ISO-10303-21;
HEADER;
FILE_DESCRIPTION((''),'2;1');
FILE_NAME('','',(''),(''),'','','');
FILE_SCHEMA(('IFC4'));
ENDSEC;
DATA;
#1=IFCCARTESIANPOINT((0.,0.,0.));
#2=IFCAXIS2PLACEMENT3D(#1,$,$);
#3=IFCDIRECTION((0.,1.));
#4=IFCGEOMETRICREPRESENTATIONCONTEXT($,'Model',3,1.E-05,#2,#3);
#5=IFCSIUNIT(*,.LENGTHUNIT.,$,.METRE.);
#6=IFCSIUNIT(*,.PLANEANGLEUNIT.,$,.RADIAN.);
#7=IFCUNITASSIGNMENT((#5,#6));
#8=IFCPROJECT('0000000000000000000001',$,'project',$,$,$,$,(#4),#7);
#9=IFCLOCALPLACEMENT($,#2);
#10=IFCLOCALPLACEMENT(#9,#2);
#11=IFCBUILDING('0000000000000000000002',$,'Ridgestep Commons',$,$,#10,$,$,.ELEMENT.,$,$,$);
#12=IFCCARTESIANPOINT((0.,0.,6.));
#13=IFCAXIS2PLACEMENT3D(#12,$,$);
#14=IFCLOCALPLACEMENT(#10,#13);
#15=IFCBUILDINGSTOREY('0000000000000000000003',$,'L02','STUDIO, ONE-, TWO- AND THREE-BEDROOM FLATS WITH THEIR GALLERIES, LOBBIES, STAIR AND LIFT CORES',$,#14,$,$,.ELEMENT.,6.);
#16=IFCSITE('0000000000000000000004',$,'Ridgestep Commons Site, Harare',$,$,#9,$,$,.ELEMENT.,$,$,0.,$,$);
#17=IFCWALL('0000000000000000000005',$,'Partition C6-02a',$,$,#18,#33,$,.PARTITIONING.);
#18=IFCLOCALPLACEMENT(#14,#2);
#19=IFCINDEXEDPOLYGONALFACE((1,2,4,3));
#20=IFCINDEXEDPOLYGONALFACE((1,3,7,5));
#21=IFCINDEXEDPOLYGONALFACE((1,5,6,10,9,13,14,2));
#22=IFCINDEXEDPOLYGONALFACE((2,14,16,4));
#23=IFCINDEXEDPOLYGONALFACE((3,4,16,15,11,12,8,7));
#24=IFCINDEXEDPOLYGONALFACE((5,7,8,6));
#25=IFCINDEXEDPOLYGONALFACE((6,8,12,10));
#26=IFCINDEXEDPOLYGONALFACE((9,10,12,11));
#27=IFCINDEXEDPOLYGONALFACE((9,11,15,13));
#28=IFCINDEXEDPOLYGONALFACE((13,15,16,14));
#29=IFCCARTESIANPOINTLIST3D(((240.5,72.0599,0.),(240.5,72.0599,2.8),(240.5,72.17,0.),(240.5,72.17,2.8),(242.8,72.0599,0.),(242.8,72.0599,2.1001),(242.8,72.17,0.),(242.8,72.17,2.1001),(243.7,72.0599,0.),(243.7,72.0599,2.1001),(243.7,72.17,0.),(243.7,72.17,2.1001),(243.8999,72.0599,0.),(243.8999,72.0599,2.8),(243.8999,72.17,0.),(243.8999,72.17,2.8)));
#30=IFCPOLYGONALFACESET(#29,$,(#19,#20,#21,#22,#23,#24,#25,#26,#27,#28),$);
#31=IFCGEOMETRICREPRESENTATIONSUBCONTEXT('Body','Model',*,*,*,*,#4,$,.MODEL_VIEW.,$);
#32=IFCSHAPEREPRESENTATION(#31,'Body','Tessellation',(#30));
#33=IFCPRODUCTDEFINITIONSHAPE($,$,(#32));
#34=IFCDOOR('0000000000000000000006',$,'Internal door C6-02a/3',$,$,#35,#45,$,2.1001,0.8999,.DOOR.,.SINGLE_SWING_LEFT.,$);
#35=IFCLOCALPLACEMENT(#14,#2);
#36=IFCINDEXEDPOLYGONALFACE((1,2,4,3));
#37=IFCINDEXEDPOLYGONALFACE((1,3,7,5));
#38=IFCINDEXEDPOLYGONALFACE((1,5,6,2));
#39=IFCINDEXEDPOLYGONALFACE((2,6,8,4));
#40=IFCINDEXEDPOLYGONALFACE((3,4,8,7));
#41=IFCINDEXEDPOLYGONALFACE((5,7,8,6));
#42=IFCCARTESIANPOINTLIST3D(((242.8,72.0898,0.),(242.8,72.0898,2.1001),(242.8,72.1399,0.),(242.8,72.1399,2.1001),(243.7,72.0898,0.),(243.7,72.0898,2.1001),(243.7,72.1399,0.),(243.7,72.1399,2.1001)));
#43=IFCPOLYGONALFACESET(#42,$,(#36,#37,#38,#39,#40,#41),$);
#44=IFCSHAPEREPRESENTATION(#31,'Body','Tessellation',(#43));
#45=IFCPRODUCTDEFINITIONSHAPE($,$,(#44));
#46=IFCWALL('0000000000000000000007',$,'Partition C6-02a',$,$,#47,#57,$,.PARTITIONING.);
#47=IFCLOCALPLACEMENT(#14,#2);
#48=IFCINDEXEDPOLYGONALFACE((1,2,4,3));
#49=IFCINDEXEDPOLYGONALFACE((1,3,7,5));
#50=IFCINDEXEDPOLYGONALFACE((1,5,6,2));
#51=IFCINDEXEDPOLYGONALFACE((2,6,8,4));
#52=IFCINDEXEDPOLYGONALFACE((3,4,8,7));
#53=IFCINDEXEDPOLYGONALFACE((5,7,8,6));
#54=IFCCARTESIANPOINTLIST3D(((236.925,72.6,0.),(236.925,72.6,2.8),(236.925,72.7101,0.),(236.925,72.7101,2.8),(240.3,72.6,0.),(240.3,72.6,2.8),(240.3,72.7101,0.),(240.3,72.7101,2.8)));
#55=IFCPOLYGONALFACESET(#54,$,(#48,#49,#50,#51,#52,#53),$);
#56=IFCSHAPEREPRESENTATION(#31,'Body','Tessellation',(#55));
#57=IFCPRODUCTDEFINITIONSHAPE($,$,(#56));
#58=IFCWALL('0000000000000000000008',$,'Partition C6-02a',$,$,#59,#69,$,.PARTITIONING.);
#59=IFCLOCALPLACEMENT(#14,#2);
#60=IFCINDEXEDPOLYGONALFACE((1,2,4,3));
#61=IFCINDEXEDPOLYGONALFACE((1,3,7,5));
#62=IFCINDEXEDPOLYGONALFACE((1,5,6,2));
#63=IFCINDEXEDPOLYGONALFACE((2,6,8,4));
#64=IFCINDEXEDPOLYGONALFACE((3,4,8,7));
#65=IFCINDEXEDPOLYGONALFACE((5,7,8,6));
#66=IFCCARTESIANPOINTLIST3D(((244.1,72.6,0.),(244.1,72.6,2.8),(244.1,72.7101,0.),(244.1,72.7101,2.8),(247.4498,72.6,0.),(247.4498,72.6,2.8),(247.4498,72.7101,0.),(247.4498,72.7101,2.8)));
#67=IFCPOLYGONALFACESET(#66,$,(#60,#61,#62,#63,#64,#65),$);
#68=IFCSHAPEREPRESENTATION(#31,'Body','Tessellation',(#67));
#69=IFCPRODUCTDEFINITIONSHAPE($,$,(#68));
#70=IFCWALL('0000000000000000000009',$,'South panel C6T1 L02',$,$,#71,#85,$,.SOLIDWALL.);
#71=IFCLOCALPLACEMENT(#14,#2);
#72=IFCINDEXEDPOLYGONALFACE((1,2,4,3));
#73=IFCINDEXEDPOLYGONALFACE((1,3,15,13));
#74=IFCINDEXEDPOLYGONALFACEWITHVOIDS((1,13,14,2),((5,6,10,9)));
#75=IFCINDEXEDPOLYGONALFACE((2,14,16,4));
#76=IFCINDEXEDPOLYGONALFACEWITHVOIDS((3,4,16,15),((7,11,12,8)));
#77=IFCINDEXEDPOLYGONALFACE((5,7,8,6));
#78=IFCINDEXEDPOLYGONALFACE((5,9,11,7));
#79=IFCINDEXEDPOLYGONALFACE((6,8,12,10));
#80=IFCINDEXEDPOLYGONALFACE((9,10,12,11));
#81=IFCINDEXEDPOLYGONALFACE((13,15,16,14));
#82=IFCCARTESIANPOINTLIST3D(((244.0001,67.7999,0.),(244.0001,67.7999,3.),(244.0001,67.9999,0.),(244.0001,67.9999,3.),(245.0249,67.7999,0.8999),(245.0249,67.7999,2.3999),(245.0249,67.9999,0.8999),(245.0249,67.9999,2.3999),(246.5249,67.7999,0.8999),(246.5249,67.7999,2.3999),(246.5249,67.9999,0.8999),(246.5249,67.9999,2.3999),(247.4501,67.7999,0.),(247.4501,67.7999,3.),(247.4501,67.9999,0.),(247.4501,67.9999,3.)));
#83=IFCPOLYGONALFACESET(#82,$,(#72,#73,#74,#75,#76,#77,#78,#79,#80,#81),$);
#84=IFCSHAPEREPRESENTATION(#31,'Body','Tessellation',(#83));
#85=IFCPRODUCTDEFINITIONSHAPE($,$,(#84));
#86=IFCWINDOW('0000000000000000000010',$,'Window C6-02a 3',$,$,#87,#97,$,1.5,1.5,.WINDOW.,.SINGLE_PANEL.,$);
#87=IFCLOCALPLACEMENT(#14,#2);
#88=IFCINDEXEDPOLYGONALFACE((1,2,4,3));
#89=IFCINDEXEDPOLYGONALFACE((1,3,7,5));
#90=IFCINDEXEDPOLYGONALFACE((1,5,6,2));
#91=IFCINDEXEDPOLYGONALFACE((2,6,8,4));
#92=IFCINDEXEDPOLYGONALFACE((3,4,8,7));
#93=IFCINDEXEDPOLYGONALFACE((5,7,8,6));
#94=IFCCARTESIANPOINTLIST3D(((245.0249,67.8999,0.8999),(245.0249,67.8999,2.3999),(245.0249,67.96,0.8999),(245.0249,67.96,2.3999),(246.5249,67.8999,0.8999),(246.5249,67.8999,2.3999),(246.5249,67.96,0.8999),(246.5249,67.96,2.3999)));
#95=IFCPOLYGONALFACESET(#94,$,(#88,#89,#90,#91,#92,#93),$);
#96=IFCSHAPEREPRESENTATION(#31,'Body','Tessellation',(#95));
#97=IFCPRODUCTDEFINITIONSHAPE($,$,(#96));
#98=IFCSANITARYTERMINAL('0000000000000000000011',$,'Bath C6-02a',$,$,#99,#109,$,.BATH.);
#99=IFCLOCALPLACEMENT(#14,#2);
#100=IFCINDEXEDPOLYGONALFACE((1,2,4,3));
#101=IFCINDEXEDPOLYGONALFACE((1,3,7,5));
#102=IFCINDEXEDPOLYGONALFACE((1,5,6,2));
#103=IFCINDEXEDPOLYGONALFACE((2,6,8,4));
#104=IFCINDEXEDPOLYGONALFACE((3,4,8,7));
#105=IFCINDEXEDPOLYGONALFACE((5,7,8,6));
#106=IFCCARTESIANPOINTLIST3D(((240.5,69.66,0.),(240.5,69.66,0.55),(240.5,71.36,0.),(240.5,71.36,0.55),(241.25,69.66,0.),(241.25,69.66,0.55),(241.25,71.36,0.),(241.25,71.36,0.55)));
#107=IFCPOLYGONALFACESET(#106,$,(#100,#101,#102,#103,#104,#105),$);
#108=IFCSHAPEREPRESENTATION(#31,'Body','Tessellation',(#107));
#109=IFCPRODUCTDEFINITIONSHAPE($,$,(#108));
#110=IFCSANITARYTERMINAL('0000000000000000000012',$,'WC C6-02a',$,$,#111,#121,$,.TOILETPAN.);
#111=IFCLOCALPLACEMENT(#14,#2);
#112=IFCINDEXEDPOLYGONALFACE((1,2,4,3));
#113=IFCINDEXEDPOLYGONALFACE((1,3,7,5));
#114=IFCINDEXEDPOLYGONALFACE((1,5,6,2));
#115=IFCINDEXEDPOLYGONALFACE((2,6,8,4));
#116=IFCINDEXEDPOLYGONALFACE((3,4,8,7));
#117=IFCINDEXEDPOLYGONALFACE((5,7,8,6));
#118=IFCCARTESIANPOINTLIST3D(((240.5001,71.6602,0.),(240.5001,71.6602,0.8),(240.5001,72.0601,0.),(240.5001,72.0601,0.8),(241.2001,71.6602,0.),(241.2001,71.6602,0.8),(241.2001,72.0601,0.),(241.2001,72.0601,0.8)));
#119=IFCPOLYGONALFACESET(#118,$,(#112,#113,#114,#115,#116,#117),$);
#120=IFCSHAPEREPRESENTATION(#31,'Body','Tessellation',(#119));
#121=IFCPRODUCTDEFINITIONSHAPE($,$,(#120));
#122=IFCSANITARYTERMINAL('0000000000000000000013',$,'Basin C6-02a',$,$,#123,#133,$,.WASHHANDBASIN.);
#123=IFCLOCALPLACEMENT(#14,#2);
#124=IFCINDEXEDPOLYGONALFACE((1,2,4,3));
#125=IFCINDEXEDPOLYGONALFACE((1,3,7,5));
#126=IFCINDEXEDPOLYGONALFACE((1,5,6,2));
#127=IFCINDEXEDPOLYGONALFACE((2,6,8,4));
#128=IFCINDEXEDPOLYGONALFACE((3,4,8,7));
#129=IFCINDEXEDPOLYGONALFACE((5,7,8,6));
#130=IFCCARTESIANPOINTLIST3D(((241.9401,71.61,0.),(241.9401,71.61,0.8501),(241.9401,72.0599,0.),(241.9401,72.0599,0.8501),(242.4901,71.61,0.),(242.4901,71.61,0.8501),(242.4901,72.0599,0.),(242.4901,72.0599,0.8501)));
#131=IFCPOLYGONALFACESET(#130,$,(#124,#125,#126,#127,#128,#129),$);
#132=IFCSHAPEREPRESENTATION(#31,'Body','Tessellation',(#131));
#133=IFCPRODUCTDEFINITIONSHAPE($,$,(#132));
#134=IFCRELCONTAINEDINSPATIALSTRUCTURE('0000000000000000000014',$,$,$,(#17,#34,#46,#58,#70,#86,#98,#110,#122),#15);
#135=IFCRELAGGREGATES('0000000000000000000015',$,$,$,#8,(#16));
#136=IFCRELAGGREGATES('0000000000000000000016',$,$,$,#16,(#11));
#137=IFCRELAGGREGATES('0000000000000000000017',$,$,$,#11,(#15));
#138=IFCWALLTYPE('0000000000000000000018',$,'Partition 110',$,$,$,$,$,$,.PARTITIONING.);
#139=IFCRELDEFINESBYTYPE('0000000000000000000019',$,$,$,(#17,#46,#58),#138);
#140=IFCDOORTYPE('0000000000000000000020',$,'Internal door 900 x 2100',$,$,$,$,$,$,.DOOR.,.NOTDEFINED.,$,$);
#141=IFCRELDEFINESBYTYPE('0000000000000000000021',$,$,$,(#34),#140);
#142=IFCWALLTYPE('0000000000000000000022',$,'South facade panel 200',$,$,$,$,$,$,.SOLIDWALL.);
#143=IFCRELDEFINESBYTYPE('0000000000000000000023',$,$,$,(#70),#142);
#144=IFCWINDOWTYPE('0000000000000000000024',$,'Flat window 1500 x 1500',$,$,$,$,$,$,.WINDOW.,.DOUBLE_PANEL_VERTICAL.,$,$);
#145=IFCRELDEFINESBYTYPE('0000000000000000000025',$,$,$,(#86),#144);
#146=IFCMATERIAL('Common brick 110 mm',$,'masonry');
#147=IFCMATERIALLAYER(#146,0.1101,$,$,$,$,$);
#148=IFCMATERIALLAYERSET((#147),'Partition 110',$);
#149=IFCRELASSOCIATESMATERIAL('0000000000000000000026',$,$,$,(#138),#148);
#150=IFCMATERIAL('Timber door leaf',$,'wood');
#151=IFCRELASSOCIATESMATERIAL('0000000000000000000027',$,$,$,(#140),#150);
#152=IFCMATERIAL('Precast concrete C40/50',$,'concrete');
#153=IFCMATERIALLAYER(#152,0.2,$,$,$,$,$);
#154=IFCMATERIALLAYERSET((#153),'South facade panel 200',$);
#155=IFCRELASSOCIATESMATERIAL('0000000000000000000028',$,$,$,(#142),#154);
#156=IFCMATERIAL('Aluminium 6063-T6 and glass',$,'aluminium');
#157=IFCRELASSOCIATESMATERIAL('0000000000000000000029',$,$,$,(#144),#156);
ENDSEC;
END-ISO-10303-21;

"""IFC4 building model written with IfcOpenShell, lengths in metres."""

from ifc_helpers import new_model, si_unit, direction, frame, frame_2d, origin, origin_2d, place, context, subcontext, project, spatial, rectangle, extrude, material, layer, layer_set, type_object, element, fill, save


model = new_model("IFC4")

# Units and contexts
model_context = context("Model", 3, precision=1e-05, world=origin(), true_north=direction((0.0, 1.0)))
body_context = subcontext(model_context, "Body", "Model", "MODEL_VIEW")
ifc_project = project(units=[si_unit("LENGTHUNIT", "METRE"), si_unit("PLANEANGLEUNIT", "RADIAN")], contexts=[model_context])

# Site, building, storey
site_placement = place(None, origin())
site = spatial("IfcSite", under=ifc_project, at=site_placement, Name="Ridgestep Commons Site, Harare", CompositionType="ELEMENT", RefElevation=0.0)
building_placement = place(site_placement, origin())
building = spatial("IfcBuilding", under=site, at=building_placement, Name="Ridgestep Commons", CompositionType="ELEMENT")
storey_placement = place(building_placement, frame((0.0, 0.0, 6.0)))
storey = spatial("IfcBuildingStorey", under=building, at=storey_placement, Name="L02", Description="STUDIO, ONE-, TWO- AND THREE-BEDROOM FLATS WITH THEIR GALLERIES, LOBBIES, STAIR AND LIFT CORES", CompositionType="ELEMENT", Elevation=6.0)

# Shared definitions
ifc_material_1 = material(Name="Common brick 110 mm", Category="masonry")
ifc_layer_1 = layer(ifc_material_1, 0.1101)
ifc_layer_set_1 = layer_set([ifc_layer_1], Name="Partition 110")
wall_type_1 = type_object("IfcWallType", Name="Partition 110", PredefinedType="PARTITIONING", material=ifc_layer_set_1)

# Wall, opening, door
wall_1_placement = place(storey_placement, frame((240.5, 72.115, 0.0), z_axis=(0.0, 0.0, 1.0), x_axis=(1.0, 0.0, 0.0)))
wall_1 = element("IfcWall", 1, at=wall_1_placement, inside=storey, type_object=wall_type_1, Name="Partition C6-02a", PredefinedType="PARTITIONING", context=body_context, shape_type="SweptSolid", body=[
    extrude(rectangle(XDim=3.3999, YDim=0.1101, at=frame_2d((1.7, 0.0))), origin(), (0.0, 0.0, 1.0), 2.8),
])
opening_1_placement = place(wall_1_placement, frame((2.3, 0.0, 0.0)))
opening_1 = element("IfcOpeningElement", 2, at=opening_1_placement, cuts=wall_1, PredefinedType="OPENING", context=body_context, shape_type="SweptSolid", body=[
    extrude(rectangle(XDim=0.8999, YDim=2.1001, at=frame_2d((0.45, 1.05))), frame((0.0, 0.0649, 0.0), z_axis=(0.0, -1.0, 0.0), x_axis=(1.0, 0.0, 0.0)), (0.0, 0.0, 1.0), 0.1301),
])
ifc_material_2 = material(Name="Timber door leaf", Category="wood")
door_type_1 = type_object("IfcDoorType", Name="Internal door 900 x 2100", OperationType="NOTDEFINED", PredefinedType="DOOR", material=ifc_material_2)
door_1_placement = place(opening_1_placement, origin())
door_1 = element("IfcDoor", 3, at=door_1_placement, inside=storey, type_object=door_type_1, Name="Internal door C6-02a/3", OperationType="SINGLE_SWING_LEFT", OverallHeight=2.1001, OverallWidth=0.8999, PredefinedType="DOOR", context=body_context, shape_type="SweptSolid", body=[
    extrude(rectangle(XDim=0.8999, YDim=2.1001, at=frame_2d((0.45, 1.05))), frame((0.0, 0.0249, 0.0), z_axis=(0.0, -1.0, 0.0), x_axis=(1.0, 0.0, 0.0)), (0.0, 0.0, 1.0), 0.05),
])
fill(opening_1, door_1)

# Walls
wall_2_placement = place(storey_placement, frame((236.925, 72.655, 0.0), z_axis=(0.0, 0.0, 1.0), x_axis=(1.0, 0.0, 0.0)))
element("IfcWall", 4, at=wall_2_placement, inside=storey, type_object=wall_type_1, Name="Partition C6-02a", PredefinedType="PARTITIONING", context=body_context, shape_type="SweptSolid", body=[
    extrude(rectangle(XDim=3.375, YDim=0.1101, at=frame_2d((1.6875, 0.0))), origin(), (0.0, 0.0, 1.0), 2.8),
])
wall_3_placement = place(storey_placement, frame((244.1001, 72.655, 0.0), z_axis=(0.0, 0.0, 1.0), x_axis=(1.0, 0.0, 0.0)))
element("IfcWall", 5, at=wall_3_placement, inside=storey, type_object=wall_type_1, Name="Partition C6-02a", PredefinedType="PARTITIONING", context=body_context, shape_type="SweptSolid", body=[
    extrude(rectangle(XDim=3.3499, YDim=0.1101, at=frame_2d((1.6748, 0.0))), origin(), (0.0, 0.0, 1.0), 2.8),
])

# Wall, opening, window
ifc_material_3 = material(Name="Precast concrete C40/50", Category="concrete")
ifc_layer_2 = layer(ifc_material_3, 0.2)
ifc_layer_set_2 = layer_set([ifc_layer_2], Name="South facade panel 200")
wall_type_2 = type_object("IfcWallType", Name="South facade panel 200", PredefinedType="SOLIDWALL", material=ifc_layer_set_2)
wall_4_placement = place(storey_placement, frame((244.0, 67.8999, 0.0), z_axis=(0.0, 0.0, 1.0), x_axis=(1.0, 0.0, 0.0)))
wall_4 = element("IfcWall", 6, at=wall_4_placement, inside=storey, type_object=wall_type_2, Name="South panel C6T1 L02", PredefinedType="SOLIDWALL", context=body_context, shape_type="SweptSolid", body=[
    extrude(rectangle(XDim=3.45, YDim=0.2, at=frame_2d((1.7251, 0.0))), origin(), (0.0, 0.0, 1.0), 3.0),
])
opening_2_placement = place(wall_4_placement, frame((1.0249, 0.0, 0.8999)))
opening_2 = element("IfcOpeningElement", 7, at=opening_2_placement, cuts=wall_4, PredefinedType="OPENING", context=body_context, shape_type="SweptSolid", body=[
    extrude(rectangle(XDim=1.5, YDim=1.5, at=frame_2d((0.75, 0.75))), frame((0.0, 0.1099, 0.0), z_axis=(0.0, -1.0, 0.0), x_axis=(1.0, 0.0, 0.0)), (0.0, 0.0, 1.0), 0.22),
])
ifc_material_4 = material(Name="Aluminium 6063-T6 and glass", Category="aluminium")
window_type = type_object("IfcWindowType", Name="Flat window 1500 x 1500", PartitioningType="DOUBLE_PANEL_VERTICAL", PredefinedType="WINDOW", material=ifc_material_4)
window_placement = place(opening_2_placement, origin())
window = element("IfcWindow", 8, at=window_placement, inside=storey, type_object=window_type, Name="Window C6-02a 3", OverallHeight=1.5, OverallWidth=1.5, PartitioningType="SINGLE_PANEL", PredefinedType="WINDOW", context=body_context, shape_type="SweptSolid", body=[
    extrude(rectangle(XDim=1.5, YDim=1.5, at=frame_2d((0.75, 0.75))), frame((0.0, 0.0601, 0.0), z_axis=(0.0, -1.0, 0.0), x_axis=(1.0, 0.0, 0.0)), (0.0, 0.0, 1.0), 0.0601),
])
fill(opening_2, window)

# Sanitary terminals
sanitary_terminal_1_placement = place(storey_placement, frame((240.875, 70.51, 0.0), z_axis=(0.0, 0.0, 1.0), x_axis=(1.0, 0.0, 0.0)))
element("IfcSanitaryTerminal", 9, at=sanitary_terminal_1_placement, inside=storey, Name="Bath C6-02a", PredefinedType="BATH", context=body_context, shape_type="SweptSolid", body=[
    extrude(rectangle(XDim=0.75, YDim=1.7, at=origin_2d()), origin(), (0.0, 0.0, 1.0), 0.55),
])
sanitary_terminal_2_placement = place(storey_placement, frame((240.8501, 71.8601, 0.0), z_axis=(0.0, 0.0, 1.0), x_axis=(1.0, 0.0, 0.0)))
element("IfcSanitaryTerminal", 10, at=sanitary_terminal_2_placement, inside=storey, Name="WC C6-02a", PredefinedType="TOILETPAN", context=body_context, shape_type="SweptSolid", body=[
    extrude(rectangle(XDim=0.7, YDim=0.3999, at=origin_2d()), origin(), (0.0, 0.0, 1.0), 0.8),
])
sanitary_terminal_3_placement = place(storey_placement, frame((242.2151, 71.835, 0.0), z_axis=(0.0, 0.0, 1.0), x_axis=(1.0, 0.0, 0.0)))
element("IfcSanitaryTerminal", 11, at=sanitary_terminal_3_placement, inside=storey, Name="Basin C6-02a", PredefinedType="WASHHANDBASIN", context=body_context, shape_type="SweptSolid", body=[
    extrude(rectangle(XDim=0.55, YDim=0.45, at=origin_2d()), origin(), (0.0, 0.0, 1.0), 0.8501),
])

save(model, "model.ifc")
